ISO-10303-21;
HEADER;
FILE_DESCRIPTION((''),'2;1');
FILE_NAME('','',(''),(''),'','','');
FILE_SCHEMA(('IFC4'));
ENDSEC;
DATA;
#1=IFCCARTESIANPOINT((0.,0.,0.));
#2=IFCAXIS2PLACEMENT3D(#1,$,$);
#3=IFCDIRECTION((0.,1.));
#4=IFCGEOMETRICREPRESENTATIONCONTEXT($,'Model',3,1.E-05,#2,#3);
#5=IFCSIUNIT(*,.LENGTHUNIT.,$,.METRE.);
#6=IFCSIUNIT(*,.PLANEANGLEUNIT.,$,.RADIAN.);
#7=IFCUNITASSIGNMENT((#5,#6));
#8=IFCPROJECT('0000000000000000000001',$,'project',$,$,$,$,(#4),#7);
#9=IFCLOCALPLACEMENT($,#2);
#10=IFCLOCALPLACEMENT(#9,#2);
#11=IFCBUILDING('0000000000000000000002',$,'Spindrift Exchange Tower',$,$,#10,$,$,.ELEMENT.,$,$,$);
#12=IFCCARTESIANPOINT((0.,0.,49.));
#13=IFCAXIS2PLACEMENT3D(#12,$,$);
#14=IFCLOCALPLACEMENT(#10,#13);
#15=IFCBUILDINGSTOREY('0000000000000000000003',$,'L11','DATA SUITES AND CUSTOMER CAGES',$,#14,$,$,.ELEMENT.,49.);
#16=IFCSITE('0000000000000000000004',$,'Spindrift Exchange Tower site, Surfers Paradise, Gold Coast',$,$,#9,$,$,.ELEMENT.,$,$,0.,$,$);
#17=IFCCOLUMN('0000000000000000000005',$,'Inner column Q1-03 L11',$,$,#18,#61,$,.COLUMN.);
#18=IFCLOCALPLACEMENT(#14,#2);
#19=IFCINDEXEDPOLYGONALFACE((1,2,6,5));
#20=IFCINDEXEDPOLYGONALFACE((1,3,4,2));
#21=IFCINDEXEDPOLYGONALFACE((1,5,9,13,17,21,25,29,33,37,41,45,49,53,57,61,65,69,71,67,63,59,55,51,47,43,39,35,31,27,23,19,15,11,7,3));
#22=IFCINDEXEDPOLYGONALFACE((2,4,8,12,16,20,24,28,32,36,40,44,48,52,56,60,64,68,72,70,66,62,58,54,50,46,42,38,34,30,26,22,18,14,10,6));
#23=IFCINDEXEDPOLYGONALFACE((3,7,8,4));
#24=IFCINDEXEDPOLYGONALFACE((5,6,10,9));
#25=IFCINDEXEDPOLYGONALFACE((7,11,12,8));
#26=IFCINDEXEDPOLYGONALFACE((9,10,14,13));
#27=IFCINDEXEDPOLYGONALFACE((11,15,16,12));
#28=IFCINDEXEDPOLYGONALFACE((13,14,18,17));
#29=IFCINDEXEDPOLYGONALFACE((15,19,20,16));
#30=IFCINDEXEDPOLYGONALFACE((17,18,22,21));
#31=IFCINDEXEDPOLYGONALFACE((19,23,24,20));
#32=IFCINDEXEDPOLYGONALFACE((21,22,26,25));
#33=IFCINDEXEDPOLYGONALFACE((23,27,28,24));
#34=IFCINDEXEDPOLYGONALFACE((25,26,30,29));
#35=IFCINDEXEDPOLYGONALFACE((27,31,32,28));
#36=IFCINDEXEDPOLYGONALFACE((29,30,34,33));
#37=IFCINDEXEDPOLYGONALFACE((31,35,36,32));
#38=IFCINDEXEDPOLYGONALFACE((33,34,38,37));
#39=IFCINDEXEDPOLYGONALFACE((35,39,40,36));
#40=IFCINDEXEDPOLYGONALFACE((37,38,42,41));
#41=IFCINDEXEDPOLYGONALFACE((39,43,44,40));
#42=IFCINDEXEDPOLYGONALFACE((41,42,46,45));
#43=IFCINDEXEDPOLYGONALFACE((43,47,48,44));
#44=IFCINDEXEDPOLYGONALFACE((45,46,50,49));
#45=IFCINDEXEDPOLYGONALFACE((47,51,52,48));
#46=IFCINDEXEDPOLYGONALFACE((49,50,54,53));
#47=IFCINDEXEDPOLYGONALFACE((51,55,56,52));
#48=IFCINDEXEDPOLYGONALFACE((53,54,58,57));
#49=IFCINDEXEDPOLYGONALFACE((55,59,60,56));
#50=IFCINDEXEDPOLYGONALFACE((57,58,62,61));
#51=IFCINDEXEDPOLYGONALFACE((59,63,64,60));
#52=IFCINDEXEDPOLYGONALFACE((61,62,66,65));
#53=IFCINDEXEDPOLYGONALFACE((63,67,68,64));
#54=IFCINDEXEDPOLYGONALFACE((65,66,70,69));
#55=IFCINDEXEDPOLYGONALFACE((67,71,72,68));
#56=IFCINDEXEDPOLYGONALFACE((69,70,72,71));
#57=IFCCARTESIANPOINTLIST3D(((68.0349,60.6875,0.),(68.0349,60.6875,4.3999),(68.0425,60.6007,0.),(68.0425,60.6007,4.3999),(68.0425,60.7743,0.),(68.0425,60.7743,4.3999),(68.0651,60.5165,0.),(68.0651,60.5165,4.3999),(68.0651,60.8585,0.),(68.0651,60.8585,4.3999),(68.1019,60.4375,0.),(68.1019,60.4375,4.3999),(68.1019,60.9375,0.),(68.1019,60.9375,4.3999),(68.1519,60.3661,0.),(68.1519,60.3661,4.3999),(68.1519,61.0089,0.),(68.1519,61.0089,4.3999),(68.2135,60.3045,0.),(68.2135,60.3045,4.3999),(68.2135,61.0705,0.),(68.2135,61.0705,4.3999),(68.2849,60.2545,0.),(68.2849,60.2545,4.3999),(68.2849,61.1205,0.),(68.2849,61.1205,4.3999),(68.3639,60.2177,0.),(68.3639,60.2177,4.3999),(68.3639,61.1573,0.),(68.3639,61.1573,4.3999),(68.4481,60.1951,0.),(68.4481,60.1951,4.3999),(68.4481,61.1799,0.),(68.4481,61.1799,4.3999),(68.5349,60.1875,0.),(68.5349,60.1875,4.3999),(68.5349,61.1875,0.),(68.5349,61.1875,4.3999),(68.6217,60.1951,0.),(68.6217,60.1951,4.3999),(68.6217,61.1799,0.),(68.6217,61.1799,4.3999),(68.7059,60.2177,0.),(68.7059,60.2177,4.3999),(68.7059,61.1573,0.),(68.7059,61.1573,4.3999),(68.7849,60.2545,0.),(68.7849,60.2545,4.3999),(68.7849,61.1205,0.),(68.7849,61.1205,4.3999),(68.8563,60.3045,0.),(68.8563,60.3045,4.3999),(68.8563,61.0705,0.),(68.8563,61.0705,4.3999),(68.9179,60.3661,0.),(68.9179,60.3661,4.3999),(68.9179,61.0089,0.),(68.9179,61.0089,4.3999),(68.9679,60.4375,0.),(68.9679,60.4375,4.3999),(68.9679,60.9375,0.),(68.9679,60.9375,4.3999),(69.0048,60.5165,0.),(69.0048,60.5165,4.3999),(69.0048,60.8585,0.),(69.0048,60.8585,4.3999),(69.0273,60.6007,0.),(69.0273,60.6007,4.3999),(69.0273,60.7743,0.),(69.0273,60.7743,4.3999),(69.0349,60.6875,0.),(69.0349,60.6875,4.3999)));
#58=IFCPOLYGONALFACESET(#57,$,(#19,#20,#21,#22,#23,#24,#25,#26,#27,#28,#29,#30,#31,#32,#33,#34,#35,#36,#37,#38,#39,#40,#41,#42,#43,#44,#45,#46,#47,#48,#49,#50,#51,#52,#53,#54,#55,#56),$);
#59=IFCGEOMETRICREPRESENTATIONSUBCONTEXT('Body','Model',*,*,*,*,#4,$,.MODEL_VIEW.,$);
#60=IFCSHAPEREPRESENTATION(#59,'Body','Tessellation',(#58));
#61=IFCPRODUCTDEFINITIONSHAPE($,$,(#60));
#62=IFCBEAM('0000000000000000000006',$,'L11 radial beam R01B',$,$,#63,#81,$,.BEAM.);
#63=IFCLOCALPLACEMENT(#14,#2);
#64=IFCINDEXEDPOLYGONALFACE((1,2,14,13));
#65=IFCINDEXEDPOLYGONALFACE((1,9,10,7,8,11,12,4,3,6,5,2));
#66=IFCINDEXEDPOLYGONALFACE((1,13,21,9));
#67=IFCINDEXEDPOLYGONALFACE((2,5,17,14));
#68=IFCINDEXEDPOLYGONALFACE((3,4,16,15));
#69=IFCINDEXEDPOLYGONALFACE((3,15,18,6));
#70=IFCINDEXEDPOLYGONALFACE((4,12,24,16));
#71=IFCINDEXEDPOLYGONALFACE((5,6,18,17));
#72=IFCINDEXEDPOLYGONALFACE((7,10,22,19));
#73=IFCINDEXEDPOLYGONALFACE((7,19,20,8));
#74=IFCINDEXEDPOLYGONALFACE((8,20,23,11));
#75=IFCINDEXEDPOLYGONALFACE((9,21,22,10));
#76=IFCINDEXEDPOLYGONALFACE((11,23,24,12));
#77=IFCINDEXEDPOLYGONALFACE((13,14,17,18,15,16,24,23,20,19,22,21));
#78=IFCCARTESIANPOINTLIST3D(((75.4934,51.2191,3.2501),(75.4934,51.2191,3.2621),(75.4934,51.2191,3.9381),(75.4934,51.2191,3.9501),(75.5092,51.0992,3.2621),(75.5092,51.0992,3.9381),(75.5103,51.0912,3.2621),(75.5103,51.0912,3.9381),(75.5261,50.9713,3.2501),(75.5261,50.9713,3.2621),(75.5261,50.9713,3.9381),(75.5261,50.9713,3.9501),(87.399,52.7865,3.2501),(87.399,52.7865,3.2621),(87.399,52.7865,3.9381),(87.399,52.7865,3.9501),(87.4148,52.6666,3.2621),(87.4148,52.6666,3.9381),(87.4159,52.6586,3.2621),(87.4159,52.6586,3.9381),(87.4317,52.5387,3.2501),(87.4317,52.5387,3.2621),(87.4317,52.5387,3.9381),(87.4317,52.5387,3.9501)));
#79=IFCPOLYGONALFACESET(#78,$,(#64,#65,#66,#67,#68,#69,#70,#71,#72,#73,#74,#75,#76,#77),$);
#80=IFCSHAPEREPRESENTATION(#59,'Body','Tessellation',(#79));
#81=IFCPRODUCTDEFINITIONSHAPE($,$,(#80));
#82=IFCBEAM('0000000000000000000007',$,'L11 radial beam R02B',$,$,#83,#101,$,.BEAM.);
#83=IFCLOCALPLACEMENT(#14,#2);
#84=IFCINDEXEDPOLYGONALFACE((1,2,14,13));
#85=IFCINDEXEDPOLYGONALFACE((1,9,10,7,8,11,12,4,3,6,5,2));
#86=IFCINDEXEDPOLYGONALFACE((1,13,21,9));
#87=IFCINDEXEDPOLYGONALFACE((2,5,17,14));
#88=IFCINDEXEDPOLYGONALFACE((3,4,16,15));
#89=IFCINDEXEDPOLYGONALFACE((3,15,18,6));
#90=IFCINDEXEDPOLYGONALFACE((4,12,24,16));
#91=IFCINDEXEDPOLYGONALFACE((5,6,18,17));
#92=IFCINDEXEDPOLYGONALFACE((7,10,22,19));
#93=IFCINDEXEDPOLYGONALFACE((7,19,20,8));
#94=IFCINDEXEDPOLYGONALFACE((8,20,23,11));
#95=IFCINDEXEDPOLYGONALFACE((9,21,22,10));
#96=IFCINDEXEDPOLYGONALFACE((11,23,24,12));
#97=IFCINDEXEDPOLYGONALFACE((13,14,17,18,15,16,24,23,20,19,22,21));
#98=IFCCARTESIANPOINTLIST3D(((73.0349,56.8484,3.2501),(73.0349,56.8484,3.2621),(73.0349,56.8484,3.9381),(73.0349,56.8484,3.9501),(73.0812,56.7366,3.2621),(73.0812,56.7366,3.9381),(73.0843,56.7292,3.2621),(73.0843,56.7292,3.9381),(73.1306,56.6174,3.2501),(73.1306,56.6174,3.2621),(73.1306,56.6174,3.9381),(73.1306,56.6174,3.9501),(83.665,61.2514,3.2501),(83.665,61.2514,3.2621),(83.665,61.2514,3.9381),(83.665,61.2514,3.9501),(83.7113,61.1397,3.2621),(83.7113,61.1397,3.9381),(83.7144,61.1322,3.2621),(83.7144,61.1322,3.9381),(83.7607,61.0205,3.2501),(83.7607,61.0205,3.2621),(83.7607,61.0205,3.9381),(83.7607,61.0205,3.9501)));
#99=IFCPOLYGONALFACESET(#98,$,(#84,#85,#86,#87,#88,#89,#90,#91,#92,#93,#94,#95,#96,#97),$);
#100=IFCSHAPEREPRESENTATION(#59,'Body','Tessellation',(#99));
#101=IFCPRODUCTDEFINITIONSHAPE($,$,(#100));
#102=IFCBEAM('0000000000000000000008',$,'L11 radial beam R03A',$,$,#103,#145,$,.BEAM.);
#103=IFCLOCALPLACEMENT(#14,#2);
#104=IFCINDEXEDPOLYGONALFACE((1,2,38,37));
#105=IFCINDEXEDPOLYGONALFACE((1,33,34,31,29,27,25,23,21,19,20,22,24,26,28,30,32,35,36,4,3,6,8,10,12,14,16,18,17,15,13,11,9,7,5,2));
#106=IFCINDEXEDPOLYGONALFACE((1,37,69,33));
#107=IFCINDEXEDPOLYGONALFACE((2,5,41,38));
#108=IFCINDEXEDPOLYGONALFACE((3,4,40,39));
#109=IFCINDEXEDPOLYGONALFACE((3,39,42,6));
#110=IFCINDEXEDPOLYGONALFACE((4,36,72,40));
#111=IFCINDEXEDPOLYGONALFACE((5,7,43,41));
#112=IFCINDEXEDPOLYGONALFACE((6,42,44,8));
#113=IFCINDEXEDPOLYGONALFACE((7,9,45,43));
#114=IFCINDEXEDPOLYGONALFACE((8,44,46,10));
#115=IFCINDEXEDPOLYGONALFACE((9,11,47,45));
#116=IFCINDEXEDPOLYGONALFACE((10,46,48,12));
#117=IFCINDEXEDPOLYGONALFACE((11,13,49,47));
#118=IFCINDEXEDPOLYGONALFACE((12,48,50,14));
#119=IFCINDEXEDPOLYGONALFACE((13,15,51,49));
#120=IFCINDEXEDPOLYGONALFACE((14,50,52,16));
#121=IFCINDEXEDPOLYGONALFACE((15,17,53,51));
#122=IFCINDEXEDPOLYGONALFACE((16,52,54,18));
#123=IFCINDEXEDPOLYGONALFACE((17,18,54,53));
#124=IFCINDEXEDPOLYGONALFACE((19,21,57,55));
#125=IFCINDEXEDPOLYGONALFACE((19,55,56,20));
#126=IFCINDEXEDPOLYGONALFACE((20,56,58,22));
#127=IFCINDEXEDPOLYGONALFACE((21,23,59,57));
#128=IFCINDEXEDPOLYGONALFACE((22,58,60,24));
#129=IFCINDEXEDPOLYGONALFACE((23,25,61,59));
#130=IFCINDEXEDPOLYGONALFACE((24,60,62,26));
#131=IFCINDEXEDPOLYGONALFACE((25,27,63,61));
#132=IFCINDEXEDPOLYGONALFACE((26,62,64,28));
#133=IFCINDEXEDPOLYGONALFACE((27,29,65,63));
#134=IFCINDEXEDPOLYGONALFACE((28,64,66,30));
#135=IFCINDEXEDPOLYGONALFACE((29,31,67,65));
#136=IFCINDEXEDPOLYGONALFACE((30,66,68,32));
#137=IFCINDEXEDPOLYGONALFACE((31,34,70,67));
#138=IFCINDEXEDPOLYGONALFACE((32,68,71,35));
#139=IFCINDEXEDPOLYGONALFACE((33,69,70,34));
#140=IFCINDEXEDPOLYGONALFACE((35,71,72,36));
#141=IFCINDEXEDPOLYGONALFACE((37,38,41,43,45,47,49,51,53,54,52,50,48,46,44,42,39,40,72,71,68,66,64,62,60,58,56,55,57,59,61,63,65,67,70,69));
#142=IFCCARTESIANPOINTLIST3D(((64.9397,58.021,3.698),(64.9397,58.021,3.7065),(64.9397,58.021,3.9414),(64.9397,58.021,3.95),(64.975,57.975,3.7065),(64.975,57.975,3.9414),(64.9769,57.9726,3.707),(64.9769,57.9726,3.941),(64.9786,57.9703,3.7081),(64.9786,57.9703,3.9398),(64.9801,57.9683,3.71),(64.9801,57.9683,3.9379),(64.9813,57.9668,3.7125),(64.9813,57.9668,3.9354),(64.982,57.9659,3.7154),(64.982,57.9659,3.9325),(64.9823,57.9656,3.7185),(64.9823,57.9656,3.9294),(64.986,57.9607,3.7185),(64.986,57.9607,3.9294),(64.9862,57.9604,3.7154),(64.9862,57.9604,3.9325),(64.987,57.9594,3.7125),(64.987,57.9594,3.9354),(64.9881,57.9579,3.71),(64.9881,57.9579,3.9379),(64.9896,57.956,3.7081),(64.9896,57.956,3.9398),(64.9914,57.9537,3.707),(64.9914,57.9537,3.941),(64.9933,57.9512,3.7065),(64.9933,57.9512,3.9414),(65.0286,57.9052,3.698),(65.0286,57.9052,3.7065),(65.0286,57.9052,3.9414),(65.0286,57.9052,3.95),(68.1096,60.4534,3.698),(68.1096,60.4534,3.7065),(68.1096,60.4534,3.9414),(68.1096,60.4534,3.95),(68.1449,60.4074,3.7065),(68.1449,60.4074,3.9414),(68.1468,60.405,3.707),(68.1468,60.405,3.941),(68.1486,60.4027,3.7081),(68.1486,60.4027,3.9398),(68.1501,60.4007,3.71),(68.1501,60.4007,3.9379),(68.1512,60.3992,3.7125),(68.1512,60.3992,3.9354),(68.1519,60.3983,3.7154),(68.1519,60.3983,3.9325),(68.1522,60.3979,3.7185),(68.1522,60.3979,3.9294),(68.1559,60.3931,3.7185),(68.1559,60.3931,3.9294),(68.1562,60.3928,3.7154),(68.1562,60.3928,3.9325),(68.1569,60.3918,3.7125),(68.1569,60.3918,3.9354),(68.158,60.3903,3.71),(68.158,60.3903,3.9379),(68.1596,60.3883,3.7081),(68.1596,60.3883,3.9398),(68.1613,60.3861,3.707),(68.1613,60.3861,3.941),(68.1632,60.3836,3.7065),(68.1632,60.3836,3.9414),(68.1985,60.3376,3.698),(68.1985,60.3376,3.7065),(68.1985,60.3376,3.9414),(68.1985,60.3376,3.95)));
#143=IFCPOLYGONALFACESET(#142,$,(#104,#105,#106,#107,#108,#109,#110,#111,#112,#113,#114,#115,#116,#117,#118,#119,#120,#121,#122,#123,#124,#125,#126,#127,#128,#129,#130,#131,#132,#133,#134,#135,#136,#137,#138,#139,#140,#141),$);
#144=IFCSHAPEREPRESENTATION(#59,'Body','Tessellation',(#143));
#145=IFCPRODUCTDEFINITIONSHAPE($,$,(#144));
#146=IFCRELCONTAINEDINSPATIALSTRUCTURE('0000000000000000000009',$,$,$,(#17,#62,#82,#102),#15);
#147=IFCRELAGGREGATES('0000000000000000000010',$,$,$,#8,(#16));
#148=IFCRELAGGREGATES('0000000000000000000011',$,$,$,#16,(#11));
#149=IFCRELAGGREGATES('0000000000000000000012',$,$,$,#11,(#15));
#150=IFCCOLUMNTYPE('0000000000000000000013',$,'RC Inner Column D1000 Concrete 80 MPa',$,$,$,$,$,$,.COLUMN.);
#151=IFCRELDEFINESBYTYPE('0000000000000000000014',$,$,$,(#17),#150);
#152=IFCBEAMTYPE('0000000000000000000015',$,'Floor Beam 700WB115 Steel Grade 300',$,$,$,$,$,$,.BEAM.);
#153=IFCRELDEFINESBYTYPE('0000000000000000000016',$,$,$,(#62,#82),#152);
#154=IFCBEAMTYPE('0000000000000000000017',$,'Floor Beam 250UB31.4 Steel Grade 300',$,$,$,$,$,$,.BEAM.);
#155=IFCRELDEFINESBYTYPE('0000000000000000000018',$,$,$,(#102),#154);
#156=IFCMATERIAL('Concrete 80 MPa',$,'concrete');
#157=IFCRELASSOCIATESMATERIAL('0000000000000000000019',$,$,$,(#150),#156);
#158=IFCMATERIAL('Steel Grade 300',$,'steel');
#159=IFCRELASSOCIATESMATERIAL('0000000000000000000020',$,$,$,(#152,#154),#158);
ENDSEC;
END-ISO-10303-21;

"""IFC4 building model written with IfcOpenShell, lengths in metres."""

from ifc_helpers import new_model, si_unit, direction, frame, origin, origin_2d, place, context, subcontext, project, spatial, circle, i_section, extrude, source, transform, mapped, material, material_profile, profile_set, type_object, element, save


model = new_model("IFC4")

# Units and contexts
model_context = context("Model", 3, precision=1e-05, world=origin(), true_north=direction((0.0, 1.0)))
body_context = subcontext(model_context, "Body", "Model", "MODEL_VIEW")
ifc_project = project(units=[si_unit("LENGTHUNIT", "METRE"), si_unit("PLANEANGLEUNIT", "RADIAN")], contexts=[model_context])

# Site, building, storey
site_placement = place(None, origin())
site = spatial("IfcSite", under=ifc_project, at=site_placement, Name="Spindrift Exchange Tower site, Surfers Paradise, Gold Coast", CompositionType="ELEMENT", RefElevation=0.0)
building_placement = place(site_placement, origin())
building = spatial("IfcBuilding", under=site, at=building_placement, Name="Spindrift Exchange Tower", CompositionType="ELEMENT")
storey_placement = place(building_placement, frame((0.0, 0.0, 49.0)))
storey = spatial("IfcBuildingStorey", under=building, at=storey_placement, Name="L11", Description="DATA SUITES AND CUSTOMER CAGES", CompositionType="ELEMENT", Elevation=49.0)

# Column
ifc_material_1 = material(Name="Concrete 80 MPa", Category="concrete")
ifc_material_profile_1 = material_profile(ifc_material_1, circle(Radius=0.5, at=origin_2d()), Name="RC D1000")
ifc_profile_set_1 = profile_set([ifc_material_profile_1], Name="Concrete 80 MPa")
column_type_1 = type_object("IfcColumnType", Name="RC Inner Column D1000 Concrete 80 MPa", PredefinedType="COLUMN", material=ifc_profile_set_1)
shared_shape_1 = source(origin(), body_context, "Body", "SweptSolid", [
    extrude(circle(Radius=0.5, at=origin_2d()), origin(), (0.0, 0.0, 1.0), 4.3999),
])
for number, where, z_axis, x_axis, name in (
    (1, (68.5349, 60.6875, 0.0), (0.0, 0.0, 1.0), (1.0, 0.0, 0.0), "Inner column Q1-03 L11"),
):
    element("IfcColumn", number, at=place(storey_placement, frame(where, z_axis=z_axis, x_axis=x_axis)), inside=storey, type_object=column_type_1, Name=name, PredefinedType="COLUMN", context=body_context, shape_type="MappedRepresentation", body=[
        mapped(shared_shape_1, transform((0.0, 0.0, 0.0), scale=1.0)),
    ])

# Beams
ifc_material_2 = material(Name="Steel Grade 300", Category="steel")
ifc_material_profile_2 = material_profile(ifc_material_2, i_section(OverallWidth=0.25, OverallDepth=0.7, WebThickness=0.0081, FlangeThickness=0.012, at=origin_2d()), Name="700WB115")
ifc_profile_set_2 = profile_set([ifc_material_profile_2], Name="Steel Grade 300")
beam_type_1 = type_object("IfcBeamType", Name="Floor Beam 700WB115 Steel Grade 300", PredefinedType="BEAM", material=ifc_profile_set_2)
shared_shape_2 = source(origin(), body_context, "Body", "SweptSolid", [
    extrude(i_section(OverallWidth=0.25, OverallDepth=0.7, WebThickness=0.0081, FlangeThickness=0.012, at=origin_2d()), origin(), (0.0, 0.0, 1.0), 12.0083),
])
beam_1_placement = place(storey_placement, frame((75.5098, 51.0952, 3.6001), z_axis=(0.991445, 0.130526, 0.0), x_axis=(-0.130526, 0.991445, 0.0)))
element("IfcBeam", 2, at=beam_1_placement, inside=storey, type_object=beam_type_1, Name="L11 radial beam R01B", PredefinedType="BEAM", context=body_context, shape_type="MappedRepresentation", body=[
    mapped(shared_shape_2, transform((0.0, 0.0, 0.0), scale=1.0)),
])
shared_shape_3 = source(origin(), body_context, "Body", "SweptSolid", [
    extrude(i_section(OverallWidth=0.25, OverallDepth=0.7, WebThickness=0.0081, FlangeThickness=0.012, at=origin_2d()), origin(), (0.0, 0.0, 1.0), 11.5059),
])
beam_2_placement = place(storey_placement, frame((73.0828, 56.7329, 3.6001), z_axis=(0.923882, 0.382678, 0.0), x_axis=(-0.382678, 0.923882, 0.0)))
element("IfcBeam", 3, at=beam_2_placement, inside=storey, type_object=beam_type_1, Name="L11 radial beam R02B", PredefinedType="BEAM", context=body_context, shape_type="MappedRepresentation", body=[
    mapped(shared_shape_3, transform((0.0, 0.0, 0.0), scale=1.0)),
])
ifc_material_profile_3 = material_profile(ifc_material_2, i_section(OverallWidth=0.146, OverallDepth=0.252, WebThickness=0.0061, FlangeThickness=0.0085, FilletRadius=0.012, at=origin_2d()), Name="250UB31.4")
ifc_profile_set_3 = profile_set([ifc_material_profile_3], Name="Steel Grade 300")
beam_type_2 = type_object("IfcBeamType", Name="Floor Beam 250UB31.4 Steel Grade 300", PredefinedType="BEAM", material=ifc_profile_set_3)
shared_shape_4 = source(origin(), body_context, "Body", "SweptSolid", [
    extrude(i_section(OverallWidth=0.146, OverallDepth=0.252, WebThickness=0.0061, FlangeThickness=0.0085, FilletRadius=0.012, at=origin_2d()), origin(), (0.0, 0.0, 1.0), 3.9956),
])
beam_3_placement = place(storey_placement, frame((64.9841, 57.9631, 3.824), z_axis=(0.793353, 0.608762, 0.0), x_axis=(-0.608762, 0.793353, 0.0)))
element("IfcBeam", 4, at=beam_3_placement, inside=storey, type_object=beam_type_2, Name="L11 radial beam R03A", PredefinedType="BEAM", context=body_context, shape_type="MappedRepresentation", body=[
    mapped(shared_shape_4, transform((0.0, 0.0, 0.0), scale=1.0)),
])

save(model, "model.ifc")
